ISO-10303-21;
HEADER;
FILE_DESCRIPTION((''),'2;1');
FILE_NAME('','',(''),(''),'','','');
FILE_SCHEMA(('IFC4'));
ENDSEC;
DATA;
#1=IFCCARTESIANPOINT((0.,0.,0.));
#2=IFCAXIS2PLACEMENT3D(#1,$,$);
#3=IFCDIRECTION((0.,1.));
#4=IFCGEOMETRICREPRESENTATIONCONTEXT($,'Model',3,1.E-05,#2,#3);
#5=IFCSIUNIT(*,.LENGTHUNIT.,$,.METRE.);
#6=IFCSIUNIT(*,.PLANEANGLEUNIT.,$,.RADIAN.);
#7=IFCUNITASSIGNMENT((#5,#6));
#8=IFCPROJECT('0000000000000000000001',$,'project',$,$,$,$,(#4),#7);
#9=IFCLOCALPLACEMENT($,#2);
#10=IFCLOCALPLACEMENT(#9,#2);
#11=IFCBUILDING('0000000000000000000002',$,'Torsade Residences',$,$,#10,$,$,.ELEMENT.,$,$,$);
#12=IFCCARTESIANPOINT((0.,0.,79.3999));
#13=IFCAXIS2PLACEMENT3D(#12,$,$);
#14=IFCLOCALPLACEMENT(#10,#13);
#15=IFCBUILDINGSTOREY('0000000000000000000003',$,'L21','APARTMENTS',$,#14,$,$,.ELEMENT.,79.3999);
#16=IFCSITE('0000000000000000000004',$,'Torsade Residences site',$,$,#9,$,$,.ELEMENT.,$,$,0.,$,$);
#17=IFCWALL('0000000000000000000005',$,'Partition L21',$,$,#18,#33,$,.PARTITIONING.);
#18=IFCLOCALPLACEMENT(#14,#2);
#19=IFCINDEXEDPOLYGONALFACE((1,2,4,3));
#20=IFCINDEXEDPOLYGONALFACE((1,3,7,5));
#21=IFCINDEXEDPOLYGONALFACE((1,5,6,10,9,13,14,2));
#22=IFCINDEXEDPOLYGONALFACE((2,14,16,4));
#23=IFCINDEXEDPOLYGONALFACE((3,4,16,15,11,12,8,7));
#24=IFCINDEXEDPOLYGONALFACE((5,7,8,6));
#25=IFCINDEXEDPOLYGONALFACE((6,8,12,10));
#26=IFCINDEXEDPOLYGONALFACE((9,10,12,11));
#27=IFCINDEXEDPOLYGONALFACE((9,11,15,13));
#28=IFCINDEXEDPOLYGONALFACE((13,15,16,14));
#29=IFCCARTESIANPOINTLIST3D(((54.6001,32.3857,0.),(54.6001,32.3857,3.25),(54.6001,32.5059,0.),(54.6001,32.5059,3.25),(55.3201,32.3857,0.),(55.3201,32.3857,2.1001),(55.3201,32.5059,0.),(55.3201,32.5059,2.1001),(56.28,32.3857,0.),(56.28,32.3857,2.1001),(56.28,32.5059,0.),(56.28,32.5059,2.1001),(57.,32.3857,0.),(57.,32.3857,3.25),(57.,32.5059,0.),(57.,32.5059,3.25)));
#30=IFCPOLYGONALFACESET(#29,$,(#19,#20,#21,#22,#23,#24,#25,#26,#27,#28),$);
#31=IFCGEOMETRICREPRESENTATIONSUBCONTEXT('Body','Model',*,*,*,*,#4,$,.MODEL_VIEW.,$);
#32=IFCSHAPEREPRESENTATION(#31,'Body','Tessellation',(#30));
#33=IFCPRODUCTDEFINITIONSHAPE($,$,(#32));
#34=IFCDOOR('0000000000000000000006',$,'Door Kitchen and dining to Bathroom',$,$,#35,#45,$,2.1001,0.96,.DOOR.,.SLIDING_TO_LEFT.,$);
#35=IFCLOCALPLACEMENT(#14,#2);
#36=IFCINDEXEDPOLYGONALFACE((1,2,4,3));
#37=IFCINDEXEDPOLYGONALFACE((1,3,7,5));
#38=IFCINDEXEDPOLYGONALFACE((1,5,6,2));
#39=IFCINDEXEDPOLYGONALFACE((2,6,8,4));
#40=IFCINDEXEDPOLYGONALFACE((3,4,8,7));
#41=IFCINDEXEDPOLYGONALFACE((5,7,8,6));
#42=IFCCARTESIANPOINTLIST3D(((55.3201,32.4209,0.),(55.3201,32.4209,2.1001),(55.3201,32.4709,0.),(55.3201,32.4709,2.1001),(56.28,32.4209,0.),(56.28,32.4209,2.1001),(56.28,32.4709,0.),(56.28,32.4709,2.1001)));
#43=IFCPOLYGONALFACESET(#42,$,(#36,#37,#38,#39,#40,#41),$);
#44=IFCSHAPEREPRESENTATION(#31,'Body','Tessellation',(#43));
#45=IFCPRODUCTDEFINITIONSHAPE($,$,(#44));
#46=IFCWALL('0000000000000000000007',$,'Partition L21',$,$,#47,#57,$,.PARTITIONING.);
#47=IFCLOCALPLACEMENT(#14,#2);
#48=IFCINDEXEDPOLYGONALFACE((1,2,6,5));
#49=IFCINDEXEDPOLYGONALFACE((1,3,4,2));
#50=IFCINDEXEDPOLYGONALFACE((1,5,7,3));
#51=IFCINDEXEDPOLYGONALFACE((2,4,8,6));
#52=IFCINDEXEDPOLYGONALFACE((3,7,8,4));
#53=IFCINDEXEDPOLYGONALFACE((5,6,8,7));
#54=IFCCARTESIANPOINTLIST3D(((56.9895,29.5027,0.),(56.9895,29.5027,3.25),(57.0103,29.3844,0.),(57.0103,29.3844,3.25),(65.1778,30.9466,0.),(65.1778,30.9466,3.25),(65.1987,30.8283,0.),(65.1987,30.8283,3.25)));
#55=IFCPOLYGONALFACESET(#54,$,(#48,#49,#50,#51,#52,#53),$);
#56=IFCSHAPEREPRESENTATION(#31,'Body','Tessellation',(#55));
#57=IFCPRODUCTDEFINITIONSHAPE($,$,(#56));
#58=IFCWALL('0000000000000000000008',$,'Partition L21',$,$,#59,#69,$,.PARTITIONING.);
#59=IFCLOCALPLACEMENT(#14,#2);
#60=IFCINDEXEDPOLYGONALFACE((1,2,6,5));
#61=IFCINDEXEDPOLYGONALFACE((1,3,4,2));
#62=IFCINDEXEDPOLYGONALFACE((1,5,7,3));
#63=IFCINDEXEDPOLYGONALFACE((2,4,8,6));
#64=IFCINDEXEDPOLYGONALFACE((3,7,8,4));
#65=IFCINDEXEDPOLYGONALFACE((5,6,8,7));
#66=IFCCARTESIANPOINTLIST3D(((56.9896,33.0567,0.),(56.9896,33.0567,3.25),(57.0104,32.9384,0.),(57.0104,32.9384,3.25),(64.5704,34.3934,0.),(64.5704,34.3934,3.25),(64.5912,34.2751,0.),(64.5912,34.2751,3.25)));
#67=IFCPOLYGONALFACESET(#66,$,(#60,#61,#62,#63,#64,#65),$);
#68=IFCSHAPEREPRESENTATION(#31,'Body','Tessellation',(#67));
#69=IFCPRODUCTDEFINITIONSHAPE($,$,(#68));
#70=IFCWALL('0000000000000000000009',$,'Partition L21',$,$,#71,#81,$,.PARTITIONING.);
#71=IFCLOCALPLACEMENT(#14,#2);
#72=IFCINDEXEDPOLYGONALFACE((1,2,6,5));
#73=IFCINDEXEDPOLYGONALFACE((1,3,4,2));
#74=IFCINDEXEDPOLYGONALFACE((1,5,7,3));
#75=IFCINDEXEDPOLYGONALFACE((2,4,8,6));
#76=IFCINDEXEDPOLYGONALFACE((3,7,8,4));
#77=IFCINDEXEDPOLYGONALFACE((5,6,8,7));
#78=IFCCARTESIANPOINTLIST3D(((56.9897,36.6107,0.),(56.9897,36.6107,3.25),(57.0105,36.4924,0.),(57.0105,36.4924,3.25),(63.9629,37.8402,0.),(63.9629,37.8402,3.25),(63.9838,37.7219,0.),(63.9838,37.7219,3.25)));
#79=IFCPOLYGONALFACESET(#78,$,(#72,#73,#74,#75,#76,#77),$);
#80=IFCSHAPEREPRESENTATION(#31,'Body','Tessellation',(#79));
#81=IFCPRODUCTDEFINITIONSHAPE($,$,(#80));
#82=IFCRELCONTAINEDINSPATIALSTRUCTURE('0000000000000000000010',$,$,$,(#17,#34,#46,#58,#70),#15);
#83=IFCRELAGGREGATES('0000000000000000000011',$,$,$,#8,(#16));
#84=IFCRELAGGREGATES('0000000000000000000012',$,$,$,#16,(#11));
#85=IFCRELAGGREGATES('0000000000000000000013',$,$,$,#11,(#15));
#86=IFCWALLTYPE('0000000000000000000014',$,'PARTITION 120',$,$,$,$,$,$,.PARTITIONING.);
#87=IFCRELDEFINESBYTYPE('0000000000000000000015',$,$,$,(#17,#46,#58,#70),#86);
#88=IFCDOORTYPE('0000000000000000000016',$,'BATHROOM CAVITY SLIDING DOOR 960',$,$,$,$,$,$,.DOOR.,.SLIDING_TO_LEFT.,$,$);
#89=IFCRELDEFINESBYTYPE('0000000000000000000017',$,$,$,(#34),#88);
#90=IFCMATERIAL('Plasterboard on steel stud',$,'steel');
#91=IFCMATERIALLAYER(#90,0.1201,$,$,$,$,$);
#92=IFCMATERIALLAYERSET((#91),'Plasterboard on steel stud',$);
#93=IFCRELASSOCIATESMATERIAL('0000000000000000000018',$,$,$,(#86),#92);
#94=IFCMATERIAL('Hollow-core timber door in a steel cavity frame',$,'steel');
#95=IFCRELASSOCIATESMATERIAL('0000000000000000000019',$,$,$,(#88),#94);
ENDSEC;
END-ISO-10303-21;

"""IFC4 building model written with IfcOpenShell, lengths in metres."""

from ifc_helpers import new_model, si_unit, direction, frame, frame_2d, origin, place, context, subcontext, project, spatial, rectangle, extrude, material, layer, layer_set, type_object, element, fill, save


model = new_model("IFC4")

# Units and contexts
model_context = context("Model", 3, precision=1e-05, world=origin(), true_north=direction((0.0, 1.0)))
body_context = subcontext(model_context, "Body", "Model", "MODEL_VIEW")
ifc_project = project(units=[si_unit("LENGTHUNIT", "METRE"), si_unit("PLANEANGLEUNIT", "RADIAN")], contexts=[model_context])

# Site, building, storey
site_placement = place(None, origin())
site = spatial("IfcSite", under=ifc_project, at=site_placement, Name="Torsade Residences site", CompositionType="ELEMENT", RefElevation=0.0)
building_placement = place(site_placement, origin())
building = spatial("IfcBuilding", under=site, at=building_placement, Name="Torsade Residences", CompositionType="ELEMENT")
storey_placement = place(building_placement, frame((0.0, 0.0, 79.3999)))
storey = spatial("IfcBuildingStorey", under=building, at=storey_placement, Name="L21", Description="APARTMENTS", CompositionType="ELEMENT", Elevation=79.3999)

# Wall, opening, door
ifc_material_1 = material(Name="Plasterboard on steel stud", Category="steel")
ifc_layer_1 = layer(ifc_material_1, 0.1201)
ifc_layer_set_1 = layer_set([ifc_layer_1], Name="Plasterboard on steel stud")
wall_type_1 = type_object("IfcWallType", Name="PARTITION 120", PredefinedType="PARTITIONING", material=ifc_layer_set_1)
wall_1_placement = place(storey_placement, frame((57.0, 32.4458, 0.0), z_axis=(0.0, 0.0, 1.0), x_axis=(-1.0, 0.0, 0.0)))
wall_1 = element("IfcWall", 1, at=wall_1_placement, inside=storey, type_object=wall_type_1, Name="Partition L21", PredefinedType="PARTITIONING", context=body_context, shape_type="SweptSolid", body=[
    extrude(rectangle(XDim=2.3999, YDim=0.1201, at=frame_2d((1.2, 0.0))), origin(), (0.0, 0.0, 1.0), 3.25),
])
opening_1_placement = place(wall_1_placement, frame((0.72, 0.0, 0.0)))
opening_1 = element("IfcOpeningElement", 2, at=opening_1_placement, cuts=wall_1, PredefinedType="OPENING", context=body_context, shape_type="SweptSolid", body=[
    extrude(rectangle(XDim=0.96, YDim=2.1001, at=frame_2d((0.48, 1.05))), frame((0.0, 0.0701, 0.0), z_axis=(0.0, -1.0, 0.0), x_axis=(1.0, 0.0, 0.0)), (0.0, 0.0, 1.0), 0.1401),
])
ifc_material_2 = material(Name="Hollow-core timber door in a steel cavity frame", Category="steel")
door_type_1 = type_object("IfcDoorType", Name="BATHROOM CAVITY SLIDING DOOR 960", OperationType="SLIDING_TO_LEFT", PredefinedType="DOOR", material=ifc_material_2)
door_1_placement = place(opening_1_placement, origin())
door_1 = element("IfcDoor", 3, at=door_1_placement, inside=storey, type_object=door_type_1, Name="Door Kitchen and dining to Bathroom", OperationType="SLIDING_TO_LEFT", OverallHeight=2.1001, OverallWidth=0.96, PredefinedType="DOOR", context=body_context, shape_type="SweptSolid", body=[
    extrude(rectangle(XDim=0.96, YDim=2.1001, at=frame_2d((0.48, 1.05))), frame((0.0, 0.0249, 0.0), z_axis=(0.0, -1.0, 0.0), x_axis=(1.0, 0.0, 0.0)), (0.0, 0.0, 1.0), 0.05),
])
fill(opening_1, door_1)

# Walls
wall_2_placement = place(storey_placement, frame((57.0, 29.4436, 0.0), z_axis=(0.0, 0.0, 1.0), x_axis=(0.984808, 0.173648, 0.0)))
element("IfcWall", 4, at=wall_2_placement, inside=storey, type_object=wall_type_1, Name="Partition L21", PredefinedType="PARTITIONING", context=body_context, shape_type="SweptSolid", body=[
    extrude(rectangle(XDim=8.3147, YDim=0.1201, at=frame_2d((4.1572, 0.0))), origin(), (0.0, 0.0, 1.0), 3.25),
])
wall_3_placement = place(storey_placement, frame((57.0, 32.9976, 0.0), z_axis=(0.0, 0.0, 1.0), x_axis=(0.984808, 0.173644, 0.0)))
element("IfcWall", 5, at=wall_3_placement, inside=storey, type_object=wall_type_1, Name="Partition L21", PredefinedType="PARTITIONING", context=body_context, shape_type="SweptSolid", body=[
    extrude(rectangle(XDim=7.6978, YDim=0.1201, at=frame_2d((3.8489, 0.0))), origin(), (0.0, 0.0, 1.0), 3.25),
])
wall_4_placement = place(storey_placement, frame((57.0, 36.5515, 0.0), z_axis=(0.0, 0.0, 1.0), x_axis=(0.984809, 0.17364, 0.0)))
element("IfcWall", 6, at=wall_4_placement, inside=storey, type_object=wall_type_1, Name="Partition L21", PredefinedType="PARTITIONING", context=body_context, shape_type="SweptSolid", body=[
    extrude(rectangle(XDim=7.0808, YDim=0.1201, at=frame_2d((3.5405, 0.0))), origin(), (0.0, 0.0, 1.0), 3.25),
])

save(model, "model.ifc")
